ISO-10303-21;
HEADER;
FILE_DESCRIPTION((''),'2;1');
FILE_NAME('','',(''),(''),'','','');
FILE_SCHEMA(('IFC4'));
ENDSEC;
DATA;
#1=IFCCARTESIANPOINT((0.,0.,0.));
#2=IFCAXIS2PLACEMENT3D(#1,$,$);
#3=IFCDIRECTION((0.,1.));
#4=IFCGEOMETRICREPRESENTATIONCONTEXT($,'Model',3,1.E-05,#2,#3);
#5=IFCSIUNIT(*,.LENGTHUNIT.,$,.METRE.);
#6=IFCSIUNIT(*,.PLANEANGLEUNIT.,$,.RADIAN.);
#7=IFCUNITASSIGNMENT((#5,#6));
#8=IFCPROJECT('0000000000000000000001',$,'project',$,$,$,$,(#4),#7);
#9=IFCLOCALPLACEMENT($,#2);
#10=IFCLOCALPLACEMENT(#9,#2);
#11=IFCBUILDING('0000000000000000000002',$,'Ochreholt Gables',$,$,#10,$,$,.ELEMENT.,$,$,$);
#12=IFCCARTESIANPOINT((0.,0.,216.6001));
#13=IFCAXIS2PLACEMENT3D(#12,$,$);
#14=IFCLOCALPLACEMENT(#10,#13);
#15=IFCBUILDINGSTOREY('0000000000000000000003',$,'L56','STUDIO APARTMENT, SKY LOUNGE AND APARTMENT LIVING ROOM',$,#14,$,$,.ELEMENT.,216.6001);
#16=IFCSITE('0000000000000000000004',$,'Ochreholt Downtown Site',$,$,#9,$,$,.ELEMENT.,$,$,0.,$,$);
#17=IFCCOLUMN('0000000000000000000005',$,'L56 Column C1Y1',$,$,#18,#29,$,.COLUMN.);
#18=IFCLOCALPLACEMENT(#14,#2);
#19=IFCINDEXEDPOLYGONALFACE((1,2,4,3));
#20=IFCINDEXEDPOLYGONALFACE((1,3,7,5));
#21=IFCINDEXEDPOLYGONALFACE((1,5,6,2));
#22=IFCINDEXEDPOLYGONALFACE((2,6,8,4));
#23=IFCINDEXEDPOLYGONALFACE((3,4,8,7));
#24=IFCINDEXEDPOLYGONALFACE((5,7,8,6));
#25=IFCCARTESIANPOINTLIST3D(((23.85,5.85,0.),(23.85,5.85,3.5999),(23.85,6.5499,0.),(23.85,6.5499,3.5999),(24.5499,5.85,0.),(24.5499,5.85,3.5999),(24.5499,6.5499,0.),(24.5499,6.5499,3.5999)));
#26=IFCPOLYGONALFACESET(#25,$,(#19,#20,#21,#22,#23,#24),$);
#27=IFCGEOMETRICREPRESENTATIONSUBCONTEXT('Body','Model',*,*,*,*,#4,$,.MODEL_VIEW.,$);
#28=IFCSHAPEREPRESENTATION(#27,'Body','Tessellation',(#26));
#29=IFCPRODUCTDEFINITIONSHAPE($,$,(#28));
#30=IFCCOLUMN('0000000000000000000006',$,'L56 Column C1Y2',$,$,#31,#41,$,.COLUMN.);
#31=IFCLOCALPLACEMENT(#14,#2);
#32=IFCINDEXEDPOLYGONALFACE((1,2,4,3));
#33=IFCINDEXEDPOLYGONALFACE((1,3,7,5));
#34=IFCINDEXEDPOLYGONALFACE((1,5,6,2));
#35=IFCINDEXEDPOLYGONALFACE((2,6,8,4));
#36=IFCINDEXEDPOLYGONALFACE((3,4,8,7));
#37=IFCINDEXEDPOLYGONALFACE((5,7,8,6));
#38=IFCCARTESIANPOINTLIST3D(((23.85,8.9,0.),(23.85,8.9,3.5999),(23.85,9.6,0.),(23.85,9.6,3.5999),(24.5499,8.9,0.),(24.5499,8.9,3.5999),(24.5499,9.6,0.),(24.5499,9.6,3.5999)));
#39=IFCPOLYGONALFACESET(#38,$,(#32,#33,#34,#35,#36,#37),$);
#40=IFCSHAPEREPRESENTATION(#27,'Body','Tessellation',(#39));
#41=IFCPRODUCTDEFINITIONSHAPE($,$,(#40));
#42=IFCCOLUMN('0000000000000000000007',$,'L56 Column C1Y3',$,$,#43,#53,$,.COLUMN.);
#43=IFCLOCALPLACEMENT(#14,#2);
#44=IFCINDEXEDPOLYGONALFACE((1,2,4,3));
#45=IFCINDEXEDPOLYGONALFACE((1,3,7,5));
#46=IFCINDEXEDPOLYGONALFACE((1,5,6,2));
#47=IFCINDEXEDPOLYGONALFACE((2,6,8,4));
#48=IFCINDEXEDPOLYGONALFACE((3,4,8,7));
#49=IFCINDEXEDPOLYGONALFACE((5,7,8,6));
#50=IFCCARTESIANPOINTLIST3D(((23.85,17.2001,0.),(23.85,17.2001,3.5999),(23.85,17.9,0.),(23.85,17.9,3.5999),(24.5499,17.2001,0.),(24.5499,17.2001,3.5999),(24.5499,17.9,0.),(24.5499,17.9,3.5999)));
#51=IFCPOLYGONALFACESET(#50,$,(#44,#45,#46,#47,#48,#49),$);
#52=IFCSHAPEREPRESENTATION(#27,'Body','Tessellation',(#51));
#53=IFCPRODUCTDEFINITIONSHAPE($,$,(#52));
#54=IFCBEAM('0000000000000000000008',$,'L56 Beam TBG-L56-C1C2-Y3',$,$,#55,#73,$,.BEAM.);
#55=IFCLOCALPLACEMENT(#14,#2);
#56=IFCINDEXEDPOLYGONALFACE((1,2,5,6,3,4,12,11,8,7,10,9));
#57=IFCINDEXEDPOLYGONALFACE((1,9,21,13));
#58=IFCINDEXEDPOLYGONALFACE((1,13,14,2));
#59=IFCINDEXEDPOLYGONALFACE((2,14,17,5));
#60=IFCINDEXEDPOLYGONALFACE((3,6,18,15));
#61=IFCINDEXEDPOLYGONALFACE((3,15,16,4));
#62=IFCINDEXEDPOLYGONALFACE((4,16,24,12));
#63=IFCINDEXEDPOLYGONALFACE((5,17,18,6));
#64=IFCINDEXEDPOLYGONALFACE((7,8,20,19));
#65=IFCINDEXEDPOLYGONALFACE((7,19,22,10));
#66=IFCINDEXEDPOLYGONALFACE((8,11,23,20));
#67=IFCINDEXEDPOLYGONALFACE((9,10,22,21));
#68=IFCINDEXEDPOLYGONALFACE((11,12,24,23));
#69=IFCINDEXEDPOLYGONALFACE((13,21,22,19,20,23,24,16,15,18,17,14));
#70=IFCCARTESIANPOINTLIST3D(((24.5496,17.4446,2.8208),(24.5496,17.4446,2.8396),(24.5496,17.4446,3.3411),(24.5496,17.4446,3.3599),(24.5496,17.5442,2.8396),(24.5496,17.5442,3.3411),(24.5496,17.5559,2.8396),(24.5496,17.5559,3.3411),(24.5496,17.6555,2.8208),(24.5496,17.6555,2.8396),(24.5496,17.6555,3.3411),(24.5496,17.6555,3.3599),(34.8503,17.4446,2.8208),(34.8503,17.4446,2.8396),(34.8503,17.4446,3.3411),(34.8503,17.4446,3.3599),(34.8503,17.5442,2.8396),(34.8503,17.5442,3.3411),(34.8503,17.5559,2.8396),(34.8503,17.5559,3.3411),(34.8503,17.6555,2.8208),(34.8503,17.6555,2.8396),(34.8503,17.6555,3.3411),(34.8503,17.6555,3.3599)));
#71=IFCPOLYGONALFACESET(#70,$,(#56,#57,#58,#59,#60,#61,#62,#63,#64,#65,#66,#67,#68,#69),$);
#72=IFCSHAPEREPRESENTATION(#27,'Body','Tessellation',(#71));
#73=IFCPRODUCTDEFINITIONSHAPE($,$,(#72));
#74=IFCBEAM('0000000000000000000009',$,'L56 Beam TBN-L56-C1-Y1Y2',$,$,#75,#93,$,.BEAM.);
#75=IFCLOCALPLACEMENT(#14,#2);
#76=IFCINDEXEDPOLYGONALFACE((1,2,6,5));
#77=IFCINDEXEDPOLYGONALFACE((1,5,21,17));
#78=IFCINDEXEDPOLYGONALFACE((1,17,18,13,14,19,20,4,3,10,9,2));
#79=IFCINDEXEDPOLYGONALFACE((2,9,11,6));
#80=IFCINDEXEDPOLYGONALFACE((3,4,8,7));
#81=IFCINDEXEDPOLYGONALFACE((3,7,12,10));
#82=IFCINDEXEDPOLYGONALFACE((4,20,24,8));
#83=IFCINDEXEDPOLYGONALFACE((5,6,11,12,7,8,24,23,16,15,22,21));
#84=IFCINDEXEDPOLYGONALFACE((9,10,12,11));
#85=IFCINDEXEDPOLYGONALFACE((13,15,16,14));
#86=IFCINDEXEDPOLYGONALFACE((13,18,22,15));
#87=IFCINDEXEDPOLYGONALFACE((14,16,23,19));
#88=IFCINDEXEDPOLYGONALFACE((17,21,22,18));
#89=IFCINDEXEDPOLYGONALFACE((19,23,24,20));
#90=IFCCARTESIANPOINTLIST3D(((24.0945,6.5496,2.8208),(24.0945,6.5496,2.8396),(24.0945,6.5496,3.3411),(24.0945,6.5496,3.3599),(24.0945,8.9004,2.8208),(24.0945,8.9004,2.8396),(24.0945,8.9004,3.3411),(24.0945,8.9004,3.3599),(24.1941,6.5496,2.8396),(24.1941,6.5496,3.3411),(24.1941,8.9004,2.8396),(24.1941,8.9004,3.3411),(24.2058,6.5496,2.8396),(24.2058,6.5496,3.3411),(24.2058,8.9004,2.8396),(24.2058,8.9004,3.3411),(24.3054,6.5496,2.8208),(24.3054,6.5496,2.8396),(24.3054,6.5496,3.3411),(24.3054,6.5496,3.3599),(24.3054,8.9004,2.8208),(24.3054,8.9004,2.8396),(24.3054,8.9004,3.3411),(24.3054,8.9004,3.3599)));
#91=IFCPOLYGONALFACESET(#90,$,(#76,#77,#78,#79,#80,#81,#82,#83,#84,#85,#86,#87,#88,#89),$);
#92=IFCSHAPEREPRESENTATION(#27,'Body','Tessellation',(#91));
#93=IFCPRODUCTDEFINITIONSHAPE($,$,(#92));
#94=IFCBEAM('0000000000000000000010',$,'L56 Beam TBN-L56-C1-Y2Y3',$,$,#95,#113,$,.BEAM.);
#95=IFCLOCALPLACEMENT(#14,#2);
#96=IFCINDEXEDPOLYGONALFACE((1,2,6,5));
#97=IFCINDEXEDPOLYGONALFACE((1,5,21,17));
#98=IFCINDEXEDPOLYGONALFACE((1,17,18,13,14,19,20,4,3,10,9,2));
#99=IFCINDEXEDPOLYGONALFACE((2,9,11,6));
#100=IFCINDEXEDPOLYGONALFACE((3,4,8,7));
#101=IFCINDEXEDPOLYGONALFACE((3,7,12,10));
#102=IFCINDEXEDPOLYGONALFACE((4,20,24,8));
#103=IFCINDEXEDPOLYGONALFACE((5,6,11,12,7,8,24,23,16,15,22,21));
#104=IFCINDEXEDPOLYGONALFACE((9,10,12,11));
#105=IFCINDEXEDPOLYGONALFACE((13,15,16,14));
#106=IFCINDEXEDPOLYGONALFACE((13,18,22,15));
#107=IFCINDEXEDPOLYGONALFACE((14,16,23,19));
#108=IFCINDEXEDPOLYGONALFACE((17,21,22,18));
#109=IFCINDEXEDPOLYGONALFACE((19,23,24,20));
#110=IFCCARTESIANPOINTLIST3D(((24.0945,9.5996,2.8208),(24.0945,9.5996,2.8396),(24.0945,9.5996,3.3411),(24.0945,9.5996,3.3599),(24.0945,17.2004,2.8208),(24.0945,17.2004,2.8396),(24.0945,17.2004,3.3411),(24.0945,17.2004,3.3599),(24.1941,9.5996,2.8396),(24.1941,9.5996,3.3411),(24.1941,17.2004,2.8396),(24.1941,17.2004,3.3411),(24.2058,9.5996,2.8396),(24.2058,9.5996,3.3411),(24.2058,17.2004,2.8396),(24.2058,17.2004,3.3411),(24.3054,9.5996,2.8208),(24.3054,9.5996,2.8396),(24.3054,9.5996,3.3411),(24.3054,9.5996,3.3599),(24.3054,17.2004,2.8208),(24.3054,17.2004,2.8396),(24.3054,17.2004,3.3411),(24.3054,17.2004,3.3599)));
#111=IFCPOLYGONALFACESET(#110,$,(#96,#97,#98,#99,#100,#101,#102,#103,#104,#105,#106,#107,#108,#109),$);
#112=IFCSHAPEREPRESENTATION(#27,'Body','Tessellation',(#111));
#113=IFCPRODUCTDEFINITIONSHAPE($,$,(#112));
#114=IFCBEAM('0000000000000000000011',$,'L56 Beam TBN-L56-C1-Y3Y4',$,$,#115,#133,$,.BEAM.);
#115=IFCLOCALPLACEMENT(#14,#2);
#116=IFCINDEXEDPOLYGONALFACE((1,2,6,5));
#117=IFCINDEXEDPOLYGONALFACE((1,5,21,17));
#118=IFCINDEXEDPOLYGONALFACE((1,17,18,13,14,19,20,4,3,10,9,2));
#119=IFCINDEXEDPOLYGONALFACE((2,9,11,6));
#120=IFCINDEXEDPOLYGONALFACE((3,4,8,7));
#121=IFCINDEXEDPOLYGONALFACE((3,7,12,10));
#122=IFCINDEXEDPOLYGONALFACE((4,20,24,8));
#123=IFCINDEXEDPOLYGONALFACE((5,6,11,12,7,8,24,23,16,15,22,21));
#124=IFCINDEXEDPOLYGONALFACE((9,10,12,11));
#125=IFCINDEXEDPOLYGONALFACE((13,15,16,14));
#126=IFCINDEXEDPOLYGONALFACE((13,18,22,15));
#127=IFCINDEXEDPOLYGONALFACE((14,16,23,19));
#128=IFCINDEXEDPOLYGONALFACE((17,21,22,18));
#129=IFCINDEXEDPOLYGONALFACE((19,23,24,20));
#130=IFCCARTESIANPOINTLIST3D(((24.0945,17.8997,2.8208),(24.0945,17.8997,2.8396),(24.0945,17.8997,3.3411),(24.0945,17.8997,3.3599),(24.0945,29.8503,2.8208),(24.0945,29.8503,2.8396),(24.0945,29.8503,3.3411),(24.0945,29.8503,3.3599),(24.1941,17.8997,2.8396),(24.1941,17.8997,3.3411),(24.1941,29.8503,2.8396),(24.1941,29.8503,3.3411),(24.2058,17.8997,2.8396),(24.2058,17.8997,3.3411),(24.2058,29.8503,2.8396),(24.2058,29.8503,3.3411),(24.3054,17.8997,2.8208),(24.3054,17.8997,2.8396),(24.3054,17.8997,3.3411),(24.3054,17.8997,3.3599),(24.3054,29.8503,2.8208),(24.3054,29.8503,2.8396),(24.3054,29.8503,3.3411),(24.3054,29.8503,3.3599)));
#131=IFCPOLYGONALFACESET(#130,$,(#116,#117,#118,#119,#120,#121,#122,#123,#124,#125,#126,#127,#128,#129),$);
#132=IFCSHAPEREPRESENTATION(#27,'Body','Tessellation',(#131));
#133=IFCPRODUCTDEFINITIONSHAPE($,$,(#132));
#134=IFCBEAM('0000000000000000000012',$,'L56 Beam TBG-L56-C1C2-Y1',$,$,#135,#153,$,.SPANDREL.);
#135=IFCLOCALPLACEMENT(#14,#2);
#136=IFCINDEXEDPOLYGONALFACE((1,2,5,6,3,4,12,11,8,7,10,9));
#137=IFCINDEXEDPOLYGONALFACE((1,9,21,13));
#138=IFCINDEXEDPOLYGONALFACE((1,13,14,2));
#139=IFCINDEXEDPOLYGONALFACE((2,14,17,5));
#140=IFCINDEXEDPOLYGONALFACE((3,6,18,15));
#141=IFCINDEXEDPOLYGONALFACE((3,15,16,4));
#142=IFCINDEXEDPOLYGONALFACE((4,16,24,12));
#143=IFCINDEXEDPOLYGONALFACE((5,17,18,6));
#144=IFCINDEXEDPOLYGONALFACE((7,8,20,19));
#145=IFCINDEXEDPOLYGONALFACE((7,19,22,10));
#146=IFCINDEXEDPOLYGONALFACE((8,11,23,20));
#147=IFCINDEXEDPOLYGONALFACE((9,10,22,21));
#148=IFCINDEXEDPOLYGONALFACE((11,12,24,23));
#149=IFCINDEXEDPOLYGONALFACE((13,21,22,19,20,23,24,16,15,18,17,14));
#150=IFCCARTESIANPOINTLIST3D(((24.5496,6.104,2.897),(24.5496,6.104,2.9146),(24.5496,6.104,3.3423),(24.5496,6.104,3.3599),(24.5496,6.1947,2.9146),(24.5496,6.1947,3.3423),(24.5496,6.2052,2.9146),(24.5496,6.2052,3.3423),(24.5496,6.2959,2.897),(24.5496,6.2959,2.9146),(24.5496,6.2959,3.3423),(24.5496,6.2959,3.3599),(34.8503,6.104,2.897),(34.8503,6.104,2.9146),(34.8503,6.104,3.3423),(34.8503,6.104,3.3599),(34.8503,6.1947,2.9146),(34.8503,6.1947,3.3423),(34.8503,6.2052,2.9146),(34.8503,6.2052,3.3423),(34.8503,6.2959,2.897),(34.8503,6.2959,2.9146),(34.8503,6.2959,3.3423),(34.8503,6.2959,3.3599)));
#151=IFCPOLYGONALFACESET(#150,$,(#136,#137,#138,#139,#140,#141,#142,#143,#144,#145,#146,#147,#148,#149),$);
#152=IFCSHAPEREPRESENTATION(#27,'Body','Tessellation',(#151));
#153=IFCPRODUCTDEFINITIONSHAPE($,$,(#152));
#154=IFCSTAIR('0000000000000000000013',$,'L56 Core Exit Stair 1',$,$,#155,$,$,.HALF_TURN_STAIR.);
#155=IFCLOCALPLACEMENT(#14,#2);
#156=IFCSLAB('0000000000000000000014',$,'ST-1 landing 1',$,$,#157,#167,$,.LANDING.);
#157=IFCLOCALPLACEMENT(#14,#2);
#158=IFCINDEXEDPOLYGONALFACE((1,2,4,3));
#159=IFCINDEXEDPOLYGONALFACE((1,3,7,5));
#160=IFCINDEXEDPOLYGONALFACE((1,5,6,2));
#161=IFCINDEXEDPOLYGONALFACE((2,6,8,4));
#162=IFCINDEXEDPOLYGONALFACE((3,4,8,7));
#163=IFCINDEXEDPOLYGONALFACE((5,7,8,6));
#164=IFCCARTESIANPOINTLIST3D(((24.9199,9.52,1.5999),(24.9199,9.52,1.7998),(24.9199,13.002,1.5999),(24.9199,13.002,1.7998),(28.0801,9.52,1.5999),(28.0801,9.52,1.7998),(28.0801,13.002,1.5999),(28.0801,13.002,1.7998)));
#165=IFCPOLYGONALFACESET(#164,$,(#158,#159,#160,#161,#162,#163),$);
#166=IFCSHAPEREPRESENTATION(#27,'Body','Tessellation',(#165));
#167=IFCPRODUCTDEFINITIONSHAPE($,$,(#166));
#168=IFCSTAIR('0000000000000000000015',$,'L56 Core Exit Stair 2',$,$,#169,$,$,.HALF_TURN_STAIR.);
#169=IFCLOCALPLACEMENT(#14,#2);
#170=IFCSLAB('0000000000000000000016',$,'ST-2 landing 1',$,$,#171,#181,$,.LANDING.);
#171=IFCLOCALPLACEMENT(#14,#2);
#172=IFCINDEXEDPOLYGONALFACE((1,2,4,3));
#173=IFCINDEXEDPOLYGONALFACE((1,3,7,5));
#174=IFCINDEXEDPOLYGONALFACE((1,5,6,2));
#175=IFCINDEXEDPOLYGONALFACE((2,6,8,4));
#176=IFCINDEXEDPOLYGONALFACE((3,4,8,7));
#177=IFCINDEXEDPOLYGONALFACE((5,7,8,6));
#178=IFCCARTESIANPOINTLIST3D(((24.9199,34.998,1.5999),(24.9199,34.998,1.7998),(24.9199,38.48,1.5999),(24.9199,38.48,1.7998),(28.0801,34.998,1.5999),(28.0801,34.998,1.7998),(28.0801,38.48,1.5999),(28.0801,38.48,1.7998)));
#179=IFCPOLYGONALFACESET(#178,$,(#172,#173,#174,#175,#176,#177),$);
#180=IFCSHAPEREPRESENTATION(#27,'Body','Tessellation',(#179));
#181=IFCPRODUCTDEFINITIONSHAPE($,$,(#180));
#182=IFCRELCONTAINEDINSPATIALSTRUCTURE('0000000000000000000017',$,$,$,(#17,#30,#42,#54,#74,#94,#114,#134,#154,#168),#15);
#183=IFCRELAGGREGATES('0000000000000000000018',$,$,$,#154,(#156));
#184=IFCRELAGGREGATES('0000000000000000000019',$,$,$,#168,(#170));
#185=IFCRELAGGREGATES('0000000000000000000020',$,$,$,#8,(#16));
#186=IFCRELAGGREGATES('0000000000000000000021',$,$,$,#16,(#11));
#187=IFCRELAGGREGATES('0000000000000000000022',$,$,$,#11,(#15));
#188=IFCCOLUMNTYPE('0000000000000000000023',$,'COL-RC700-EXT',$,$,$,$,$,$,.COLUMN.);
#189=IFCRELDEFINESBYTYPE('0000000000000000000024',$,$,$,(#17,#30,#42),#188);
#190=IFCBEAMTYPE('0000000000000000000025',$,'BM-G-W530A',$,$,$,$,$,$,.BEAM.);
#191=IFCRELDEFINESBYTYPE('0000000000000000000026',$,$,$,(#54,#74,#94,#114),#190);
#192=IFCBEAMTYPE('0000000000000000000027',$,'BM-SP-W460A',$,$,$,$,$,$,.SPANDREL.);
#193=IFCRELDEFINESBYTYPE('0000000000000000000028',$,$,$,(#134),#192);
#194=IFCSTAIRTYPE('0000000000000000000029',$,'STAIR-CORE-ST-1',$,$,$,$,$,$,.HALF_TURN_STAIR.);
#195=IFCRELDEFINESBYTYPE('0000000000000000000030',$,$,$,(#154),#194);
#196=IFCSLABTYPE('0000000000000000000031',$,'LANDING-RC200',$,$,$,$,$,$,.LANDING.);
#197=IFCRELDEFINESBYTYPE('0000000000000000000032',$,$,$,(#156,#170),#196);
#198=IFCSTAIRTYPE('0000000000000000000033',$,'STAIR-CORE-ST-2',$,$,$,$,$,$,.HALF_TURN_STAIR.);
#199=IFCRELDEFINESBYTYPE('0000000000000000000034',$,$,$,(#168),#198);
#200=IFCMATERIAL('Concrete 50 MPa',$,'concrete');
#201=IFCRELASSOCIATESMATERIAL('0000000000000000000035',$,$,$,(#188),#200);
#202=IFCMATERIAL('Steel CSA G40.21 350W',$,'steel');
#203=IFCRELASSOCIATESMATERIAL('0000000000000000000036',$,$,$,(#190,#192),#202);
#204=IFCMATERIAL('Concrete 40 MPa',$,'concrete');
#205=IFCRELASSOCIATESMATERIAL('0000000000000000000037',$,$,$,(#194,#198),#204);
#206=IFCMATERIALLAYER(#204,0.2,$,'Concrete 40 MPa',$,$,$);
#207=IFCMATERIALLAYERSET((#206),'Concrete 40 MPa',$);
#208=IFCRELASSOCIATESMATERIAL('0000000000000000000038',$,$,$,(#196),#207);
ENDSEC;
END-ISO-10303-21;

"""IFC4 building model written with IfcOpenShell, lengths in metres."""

from ifc_helpers import new_model, si_unit, direction, frame, origin, origin_2d, place, context, subcontext, project, spatial, polyline, rectangle, i_section, outline, extrude, material, layer, layer_set, material_profile, profile_set, type_object, element, aggregate, save


model = new_model("IFC4")

# Units and contexts
model_context = context("Model", 3, precision=1e-05, world=origin(), true_north=direction((0.0, 1.0)))
body_context = subcontext(model_context, "Body", "Model", "MODEL_VIEW")
ifc_project = project(units=[si_unit("LENGTHUNIT", "METRE"), si_unit("PLANEANGLEUNIT", "RADIAN")], contexts=[model_context])

# Site, building, storey
site_placement = place(None, origin())
site = spatial("IfcSite", under=ifc_project, at=site_placement, Name="Ochreholt Downtown Site", CompositionType="ELEMENT", RefElevation=0.0)
building_placement = place(site_placement, origin())
building = spatial("IfcBuilding", under=site, at=building_placement, Name="Ochreholt Gables", CompositionType="ELEMENT")
storey_placement = place(building_placement, frame((0.0, 0.0, 216.6001)))
storey = spatial("IfcBuildingStorey", under=building, at=storey_placement, Name="L56", Description="STUDIO APARTMENT, SKY LOUNGE AND APARTMENT LIVING ROOM", CompositionType="ELEMENT", Elevation=216.6001)

# Columns
ifc_material_1 = material(Name="Concrete 50 MPa", Category="concrete")
ifc_material_profile_1 = material_profile(ifc_material_1, rectangle(XDim=0.7, YDim=0.7, at=origin_2d()), Name="RC700X700")
ifc_profile_set_1 = profile_set([ifc_material_profile_1], Name="Concrete 50 MPa")
column_type = type_object("IfcColumnType", Name="COL-RC700-EXT", PredefinedType="COLUMN", material=ifc_profile_set_1)
for number, where, z_axis, x_axis, name in (
    (1, (24.2, 6.2, 0.0), (0.0, 0.0, 1.0), (1.0, 0.0, 0.0), "L56 Column C1Y1"),
    (2, (24.2, 9.25, 0.0), (0.0, 0.0, 1.0), (1.0, 0.0, 0.0), "L56 Column C1Y2"),
    (3, (24.2, 17.55, 0.0), (0.0, 0.0, 1.0), (1.0, 0.0, 0.0), "L56 Column C1Y3"),
):
    element("IfcColumn", number, at=place(storey_placement, frame(where, z_axis=z_axis, x_axis=x_axis)), inside=storey, type_object=column_type, Name=name, PredefinedType="COLUMN", context=body_context, shape_type="SweptSolid", body=[
        extrude(rectangle(XDim=0.7, YDim=0.7, at=origin_2d()), origin(), (0.0, 0.0, 1.0), 3.5999),
    ])

# Beams
ifc_material_2 = material(Name="Steel CSA G40.21 350W", Category="steel")
ifc_material_profile_2 = material_profile(ifc_material_2, i_section(OverallWidth=0.2109, OverallDepth=0.5391, WebThickness=0.0117, FlangeThickness=0.0188, at=origin_2d()), Name="W530X109")
ifc_profile_set_2 = profile_set([ifc_material_profile_2], Name="Steel CSA G40.21 350W")
beam_type_1 = type_object("IfcBeamType", Name="BM-G-W530A", PredefinedType="BEAM", material=ifc_profile_set_2)
beam_1_placement = place(storey_placement, frame((24.5496, 17.55, 3.0903), z_axis=(1.0, 0.0, 0.0), x_axis=(0.0, 1.0, 0.0)))
element("IfcBeam", 4, at=beam_1_placement, inside=storey, type_object=beam_type_1, Name="L56 Beam TBG-L56-C1C2-Y3", PredefinedType="BEAM", context=body_context, shape_type="SweptSolid", body=[
    extrude(i_section(OverallWidth=0.2109, OverallDepth=0.5391, WebThickness=0.0117, FlangeThickness=0.0188, at=origin_2d()), origin(), (0.0, 0.0, 1.0), 10.3008),
])
beam_2_placement = place(storey_placement, frame((24.2, 6.5496, 3.0903), z_axis=(0.0, 1.0, 0.0), x_axis=(-1.0, 0.0, 0.0)))
element("IfcBeam", 5, at=beam_2_placement, inside=storey, type_object=beam_type_1, Name="L56 Beam TBN-L56-C1-Y1Y2", PredefinedType="BEAM", context=body_context, shape_type="SweptSolid", body=[
    extrude(i_section(OverallWidth=0.2109, OverallDepth=0.5391, WebThickness=0.0117, FlangeThickness=0.0188, at=origin_2d()), origin(), (0.0, 0.0, 1.0), 2.3508),
])
beam_3_placement = place(storey_placement, frame((24.2, 9.5996, 3.0903), z_axis=(0.0, 1.0, 0.0), x_axis=(-1.0, 0.0, 0.0)))
element("IfcBeam", 6, at=beam_3_placement, inside=storey, type_object=beam_type_1, Name="L56 Beam TBN-L56-C1-Y2Y3", PredefinedType="BEAM", context=body_context, shape_type="SweptSolid", body=[
    extrude(i_section(OverallWidth=0.2109, OverallDepth=0.5391, WebThickness=0.0117, FlangeThickness=0.0188, at=origin_2d()), origin(), (0.0, 0.0, 1.0), 7.6008),
])
beam_4_placement = place(storey_placement, frame((24.2, 17.8997, 3.0903), z_axis=(0.0, 1.0, 0.0), x_axis=(-1.0, 0.0, 0.0)))
element("IfcBeam", 7, at=beam_4_placement, inside=storey, type_object=beam_type_1, Name="L56 Beam TBN-L56-C1-Y3Y4", PredefinedType="BEAM", context=body_context, shape_type="SweptSolid", body=[
    extrude(i_section(OverallWidth=0.2109, OverallDepth=0.5391, WebThickness=0.0117, FlangeThickness=0.0188, at=origin_2d()), origin(), (0.0, 0.0, 1.0), 11.9507),
])
ifc_material_profile_3 = material_profile(ifc_material_2, i_section(OverallWidth=0.1919, OverallDepth=0.4629, WebThickness=0.0105, FlangeThickness=0.0176, at=origin_2d()), Name="W460X89")
ifc_profile_set_3 = profile_set([ifc_material_profile_3], Name="Steel CSA G40.21 350W")
beam_type_2 = type_object("IfcBeamType", Name="BM-SP-W460A", PredefinedType="SPANDREL", material=ifc_profile_set_3)
beam_5_placement = place(storey_placement, frame((24.5496, 6.2, 3.1284), z_axis=(1.0, 0.0, 0.0), x_axis=(0.0, 1.0, 0.0)))
element("IfcBeam", 8, at=beam_5_placement, inside=storey, type_object=beam_type_2, Name="L56 Beam TBG-L56-C1C2-Y1", PredefinedType="SPANDREL", context=body_context, shape_type="SweptSolid", body=[
    extrude(i_section(OverallWidth=0.1919, OverallDepth=0.4629, WebThickness=0.0105, FlangeThickness=0.0176, at=origin_2d()), origin(), (0.0, 0.0, 1.0), 10.3008),
])

# Stairs, slabs
ifc_material_3 = material(Name="Concrete 40 MPa", Category="concrete")
stair_type_1 = type_object("IfcStairType", Name="STAIR-CORE-ST-1", PredefinedType="HALF_TURN_STAIR", material=ifc_material_3)
stair_1_placement = place(storey_placement, origin())
stair_1 = element("IfcStair", 9, at=stair_1_placement, inside=storey, type_object=stair_type_1, Name="L56 Core Exit Stair 1", PredefinedType="HALF_TURN_STAIR")
ifc_layer_1 = layer(ifc_material_3, 0.2, Name="Concrete 40 MPa")
ifc_layer_set_1 = layer_set([ifc_layer_1], Name="Concrete 40 MPa")
slab_type_1 = type_object("IfcSlabType", Name="LANDING-RC200", PredefinedType="LANDING", material=ifc_layer_set_1)
slab_1_placement = place(storey_placement, frame((0.0, 0.0, 1.5999)))
slab_1 = element("IfcSlab", 10, at=slab_1_placement, type_object=slab_type_1, Name="ST-1 landing 1", PredefinedType="LANDING", context=body_context, shape_type="SweptSolid", body=[
    extrude(outline(polyline([(24.9199, 13.002), (24.9199, 9.52), (28.0801, 9.52), (28.0801, 13.002), (24.9199, 13.002)])), origin(), (0.0, 0.0, 1.0), 0.2),
])
aggregate(stair_1, [slab_1])
stair_type_2 = type_object("IfcStairType", Name="STAIR-CORE-ST-2", PredefinedType="HALF_TURN_STAIR", material=ifc_material_3)
stair_2_placement = place(storey_placement, origin())
stair_2 = element("IfcStair", 11, at=stair_2_placement, inside=storey, type_object=stair_type_2, Name="L56 Core Exit Stair 2", PredefinedType="HALF_TURN_STAIR")
slab_2_placement = place(storey_placement, frame((0.0, 0.0, 1.5999)))
slab_2 = element("IfcSlab", 12, at=slab_2_placement, type_object=slab_type_1, Name="ST-2 landing 1", PredefinedType="LANDING", context=body_context, shape_type="SweptSolid", body=[
    extrude(outline(polyline([(28.0801, 34.998), (28.0801, 38.48), (24.9199, 38.48), (24.9199, 34.998), (28.0801, 34.998)])), origin(), (0.0, 0.0, 1.0), 0.2),
])
aggregate(stair_2, [slab_2])

save(model, "model.ifc")
